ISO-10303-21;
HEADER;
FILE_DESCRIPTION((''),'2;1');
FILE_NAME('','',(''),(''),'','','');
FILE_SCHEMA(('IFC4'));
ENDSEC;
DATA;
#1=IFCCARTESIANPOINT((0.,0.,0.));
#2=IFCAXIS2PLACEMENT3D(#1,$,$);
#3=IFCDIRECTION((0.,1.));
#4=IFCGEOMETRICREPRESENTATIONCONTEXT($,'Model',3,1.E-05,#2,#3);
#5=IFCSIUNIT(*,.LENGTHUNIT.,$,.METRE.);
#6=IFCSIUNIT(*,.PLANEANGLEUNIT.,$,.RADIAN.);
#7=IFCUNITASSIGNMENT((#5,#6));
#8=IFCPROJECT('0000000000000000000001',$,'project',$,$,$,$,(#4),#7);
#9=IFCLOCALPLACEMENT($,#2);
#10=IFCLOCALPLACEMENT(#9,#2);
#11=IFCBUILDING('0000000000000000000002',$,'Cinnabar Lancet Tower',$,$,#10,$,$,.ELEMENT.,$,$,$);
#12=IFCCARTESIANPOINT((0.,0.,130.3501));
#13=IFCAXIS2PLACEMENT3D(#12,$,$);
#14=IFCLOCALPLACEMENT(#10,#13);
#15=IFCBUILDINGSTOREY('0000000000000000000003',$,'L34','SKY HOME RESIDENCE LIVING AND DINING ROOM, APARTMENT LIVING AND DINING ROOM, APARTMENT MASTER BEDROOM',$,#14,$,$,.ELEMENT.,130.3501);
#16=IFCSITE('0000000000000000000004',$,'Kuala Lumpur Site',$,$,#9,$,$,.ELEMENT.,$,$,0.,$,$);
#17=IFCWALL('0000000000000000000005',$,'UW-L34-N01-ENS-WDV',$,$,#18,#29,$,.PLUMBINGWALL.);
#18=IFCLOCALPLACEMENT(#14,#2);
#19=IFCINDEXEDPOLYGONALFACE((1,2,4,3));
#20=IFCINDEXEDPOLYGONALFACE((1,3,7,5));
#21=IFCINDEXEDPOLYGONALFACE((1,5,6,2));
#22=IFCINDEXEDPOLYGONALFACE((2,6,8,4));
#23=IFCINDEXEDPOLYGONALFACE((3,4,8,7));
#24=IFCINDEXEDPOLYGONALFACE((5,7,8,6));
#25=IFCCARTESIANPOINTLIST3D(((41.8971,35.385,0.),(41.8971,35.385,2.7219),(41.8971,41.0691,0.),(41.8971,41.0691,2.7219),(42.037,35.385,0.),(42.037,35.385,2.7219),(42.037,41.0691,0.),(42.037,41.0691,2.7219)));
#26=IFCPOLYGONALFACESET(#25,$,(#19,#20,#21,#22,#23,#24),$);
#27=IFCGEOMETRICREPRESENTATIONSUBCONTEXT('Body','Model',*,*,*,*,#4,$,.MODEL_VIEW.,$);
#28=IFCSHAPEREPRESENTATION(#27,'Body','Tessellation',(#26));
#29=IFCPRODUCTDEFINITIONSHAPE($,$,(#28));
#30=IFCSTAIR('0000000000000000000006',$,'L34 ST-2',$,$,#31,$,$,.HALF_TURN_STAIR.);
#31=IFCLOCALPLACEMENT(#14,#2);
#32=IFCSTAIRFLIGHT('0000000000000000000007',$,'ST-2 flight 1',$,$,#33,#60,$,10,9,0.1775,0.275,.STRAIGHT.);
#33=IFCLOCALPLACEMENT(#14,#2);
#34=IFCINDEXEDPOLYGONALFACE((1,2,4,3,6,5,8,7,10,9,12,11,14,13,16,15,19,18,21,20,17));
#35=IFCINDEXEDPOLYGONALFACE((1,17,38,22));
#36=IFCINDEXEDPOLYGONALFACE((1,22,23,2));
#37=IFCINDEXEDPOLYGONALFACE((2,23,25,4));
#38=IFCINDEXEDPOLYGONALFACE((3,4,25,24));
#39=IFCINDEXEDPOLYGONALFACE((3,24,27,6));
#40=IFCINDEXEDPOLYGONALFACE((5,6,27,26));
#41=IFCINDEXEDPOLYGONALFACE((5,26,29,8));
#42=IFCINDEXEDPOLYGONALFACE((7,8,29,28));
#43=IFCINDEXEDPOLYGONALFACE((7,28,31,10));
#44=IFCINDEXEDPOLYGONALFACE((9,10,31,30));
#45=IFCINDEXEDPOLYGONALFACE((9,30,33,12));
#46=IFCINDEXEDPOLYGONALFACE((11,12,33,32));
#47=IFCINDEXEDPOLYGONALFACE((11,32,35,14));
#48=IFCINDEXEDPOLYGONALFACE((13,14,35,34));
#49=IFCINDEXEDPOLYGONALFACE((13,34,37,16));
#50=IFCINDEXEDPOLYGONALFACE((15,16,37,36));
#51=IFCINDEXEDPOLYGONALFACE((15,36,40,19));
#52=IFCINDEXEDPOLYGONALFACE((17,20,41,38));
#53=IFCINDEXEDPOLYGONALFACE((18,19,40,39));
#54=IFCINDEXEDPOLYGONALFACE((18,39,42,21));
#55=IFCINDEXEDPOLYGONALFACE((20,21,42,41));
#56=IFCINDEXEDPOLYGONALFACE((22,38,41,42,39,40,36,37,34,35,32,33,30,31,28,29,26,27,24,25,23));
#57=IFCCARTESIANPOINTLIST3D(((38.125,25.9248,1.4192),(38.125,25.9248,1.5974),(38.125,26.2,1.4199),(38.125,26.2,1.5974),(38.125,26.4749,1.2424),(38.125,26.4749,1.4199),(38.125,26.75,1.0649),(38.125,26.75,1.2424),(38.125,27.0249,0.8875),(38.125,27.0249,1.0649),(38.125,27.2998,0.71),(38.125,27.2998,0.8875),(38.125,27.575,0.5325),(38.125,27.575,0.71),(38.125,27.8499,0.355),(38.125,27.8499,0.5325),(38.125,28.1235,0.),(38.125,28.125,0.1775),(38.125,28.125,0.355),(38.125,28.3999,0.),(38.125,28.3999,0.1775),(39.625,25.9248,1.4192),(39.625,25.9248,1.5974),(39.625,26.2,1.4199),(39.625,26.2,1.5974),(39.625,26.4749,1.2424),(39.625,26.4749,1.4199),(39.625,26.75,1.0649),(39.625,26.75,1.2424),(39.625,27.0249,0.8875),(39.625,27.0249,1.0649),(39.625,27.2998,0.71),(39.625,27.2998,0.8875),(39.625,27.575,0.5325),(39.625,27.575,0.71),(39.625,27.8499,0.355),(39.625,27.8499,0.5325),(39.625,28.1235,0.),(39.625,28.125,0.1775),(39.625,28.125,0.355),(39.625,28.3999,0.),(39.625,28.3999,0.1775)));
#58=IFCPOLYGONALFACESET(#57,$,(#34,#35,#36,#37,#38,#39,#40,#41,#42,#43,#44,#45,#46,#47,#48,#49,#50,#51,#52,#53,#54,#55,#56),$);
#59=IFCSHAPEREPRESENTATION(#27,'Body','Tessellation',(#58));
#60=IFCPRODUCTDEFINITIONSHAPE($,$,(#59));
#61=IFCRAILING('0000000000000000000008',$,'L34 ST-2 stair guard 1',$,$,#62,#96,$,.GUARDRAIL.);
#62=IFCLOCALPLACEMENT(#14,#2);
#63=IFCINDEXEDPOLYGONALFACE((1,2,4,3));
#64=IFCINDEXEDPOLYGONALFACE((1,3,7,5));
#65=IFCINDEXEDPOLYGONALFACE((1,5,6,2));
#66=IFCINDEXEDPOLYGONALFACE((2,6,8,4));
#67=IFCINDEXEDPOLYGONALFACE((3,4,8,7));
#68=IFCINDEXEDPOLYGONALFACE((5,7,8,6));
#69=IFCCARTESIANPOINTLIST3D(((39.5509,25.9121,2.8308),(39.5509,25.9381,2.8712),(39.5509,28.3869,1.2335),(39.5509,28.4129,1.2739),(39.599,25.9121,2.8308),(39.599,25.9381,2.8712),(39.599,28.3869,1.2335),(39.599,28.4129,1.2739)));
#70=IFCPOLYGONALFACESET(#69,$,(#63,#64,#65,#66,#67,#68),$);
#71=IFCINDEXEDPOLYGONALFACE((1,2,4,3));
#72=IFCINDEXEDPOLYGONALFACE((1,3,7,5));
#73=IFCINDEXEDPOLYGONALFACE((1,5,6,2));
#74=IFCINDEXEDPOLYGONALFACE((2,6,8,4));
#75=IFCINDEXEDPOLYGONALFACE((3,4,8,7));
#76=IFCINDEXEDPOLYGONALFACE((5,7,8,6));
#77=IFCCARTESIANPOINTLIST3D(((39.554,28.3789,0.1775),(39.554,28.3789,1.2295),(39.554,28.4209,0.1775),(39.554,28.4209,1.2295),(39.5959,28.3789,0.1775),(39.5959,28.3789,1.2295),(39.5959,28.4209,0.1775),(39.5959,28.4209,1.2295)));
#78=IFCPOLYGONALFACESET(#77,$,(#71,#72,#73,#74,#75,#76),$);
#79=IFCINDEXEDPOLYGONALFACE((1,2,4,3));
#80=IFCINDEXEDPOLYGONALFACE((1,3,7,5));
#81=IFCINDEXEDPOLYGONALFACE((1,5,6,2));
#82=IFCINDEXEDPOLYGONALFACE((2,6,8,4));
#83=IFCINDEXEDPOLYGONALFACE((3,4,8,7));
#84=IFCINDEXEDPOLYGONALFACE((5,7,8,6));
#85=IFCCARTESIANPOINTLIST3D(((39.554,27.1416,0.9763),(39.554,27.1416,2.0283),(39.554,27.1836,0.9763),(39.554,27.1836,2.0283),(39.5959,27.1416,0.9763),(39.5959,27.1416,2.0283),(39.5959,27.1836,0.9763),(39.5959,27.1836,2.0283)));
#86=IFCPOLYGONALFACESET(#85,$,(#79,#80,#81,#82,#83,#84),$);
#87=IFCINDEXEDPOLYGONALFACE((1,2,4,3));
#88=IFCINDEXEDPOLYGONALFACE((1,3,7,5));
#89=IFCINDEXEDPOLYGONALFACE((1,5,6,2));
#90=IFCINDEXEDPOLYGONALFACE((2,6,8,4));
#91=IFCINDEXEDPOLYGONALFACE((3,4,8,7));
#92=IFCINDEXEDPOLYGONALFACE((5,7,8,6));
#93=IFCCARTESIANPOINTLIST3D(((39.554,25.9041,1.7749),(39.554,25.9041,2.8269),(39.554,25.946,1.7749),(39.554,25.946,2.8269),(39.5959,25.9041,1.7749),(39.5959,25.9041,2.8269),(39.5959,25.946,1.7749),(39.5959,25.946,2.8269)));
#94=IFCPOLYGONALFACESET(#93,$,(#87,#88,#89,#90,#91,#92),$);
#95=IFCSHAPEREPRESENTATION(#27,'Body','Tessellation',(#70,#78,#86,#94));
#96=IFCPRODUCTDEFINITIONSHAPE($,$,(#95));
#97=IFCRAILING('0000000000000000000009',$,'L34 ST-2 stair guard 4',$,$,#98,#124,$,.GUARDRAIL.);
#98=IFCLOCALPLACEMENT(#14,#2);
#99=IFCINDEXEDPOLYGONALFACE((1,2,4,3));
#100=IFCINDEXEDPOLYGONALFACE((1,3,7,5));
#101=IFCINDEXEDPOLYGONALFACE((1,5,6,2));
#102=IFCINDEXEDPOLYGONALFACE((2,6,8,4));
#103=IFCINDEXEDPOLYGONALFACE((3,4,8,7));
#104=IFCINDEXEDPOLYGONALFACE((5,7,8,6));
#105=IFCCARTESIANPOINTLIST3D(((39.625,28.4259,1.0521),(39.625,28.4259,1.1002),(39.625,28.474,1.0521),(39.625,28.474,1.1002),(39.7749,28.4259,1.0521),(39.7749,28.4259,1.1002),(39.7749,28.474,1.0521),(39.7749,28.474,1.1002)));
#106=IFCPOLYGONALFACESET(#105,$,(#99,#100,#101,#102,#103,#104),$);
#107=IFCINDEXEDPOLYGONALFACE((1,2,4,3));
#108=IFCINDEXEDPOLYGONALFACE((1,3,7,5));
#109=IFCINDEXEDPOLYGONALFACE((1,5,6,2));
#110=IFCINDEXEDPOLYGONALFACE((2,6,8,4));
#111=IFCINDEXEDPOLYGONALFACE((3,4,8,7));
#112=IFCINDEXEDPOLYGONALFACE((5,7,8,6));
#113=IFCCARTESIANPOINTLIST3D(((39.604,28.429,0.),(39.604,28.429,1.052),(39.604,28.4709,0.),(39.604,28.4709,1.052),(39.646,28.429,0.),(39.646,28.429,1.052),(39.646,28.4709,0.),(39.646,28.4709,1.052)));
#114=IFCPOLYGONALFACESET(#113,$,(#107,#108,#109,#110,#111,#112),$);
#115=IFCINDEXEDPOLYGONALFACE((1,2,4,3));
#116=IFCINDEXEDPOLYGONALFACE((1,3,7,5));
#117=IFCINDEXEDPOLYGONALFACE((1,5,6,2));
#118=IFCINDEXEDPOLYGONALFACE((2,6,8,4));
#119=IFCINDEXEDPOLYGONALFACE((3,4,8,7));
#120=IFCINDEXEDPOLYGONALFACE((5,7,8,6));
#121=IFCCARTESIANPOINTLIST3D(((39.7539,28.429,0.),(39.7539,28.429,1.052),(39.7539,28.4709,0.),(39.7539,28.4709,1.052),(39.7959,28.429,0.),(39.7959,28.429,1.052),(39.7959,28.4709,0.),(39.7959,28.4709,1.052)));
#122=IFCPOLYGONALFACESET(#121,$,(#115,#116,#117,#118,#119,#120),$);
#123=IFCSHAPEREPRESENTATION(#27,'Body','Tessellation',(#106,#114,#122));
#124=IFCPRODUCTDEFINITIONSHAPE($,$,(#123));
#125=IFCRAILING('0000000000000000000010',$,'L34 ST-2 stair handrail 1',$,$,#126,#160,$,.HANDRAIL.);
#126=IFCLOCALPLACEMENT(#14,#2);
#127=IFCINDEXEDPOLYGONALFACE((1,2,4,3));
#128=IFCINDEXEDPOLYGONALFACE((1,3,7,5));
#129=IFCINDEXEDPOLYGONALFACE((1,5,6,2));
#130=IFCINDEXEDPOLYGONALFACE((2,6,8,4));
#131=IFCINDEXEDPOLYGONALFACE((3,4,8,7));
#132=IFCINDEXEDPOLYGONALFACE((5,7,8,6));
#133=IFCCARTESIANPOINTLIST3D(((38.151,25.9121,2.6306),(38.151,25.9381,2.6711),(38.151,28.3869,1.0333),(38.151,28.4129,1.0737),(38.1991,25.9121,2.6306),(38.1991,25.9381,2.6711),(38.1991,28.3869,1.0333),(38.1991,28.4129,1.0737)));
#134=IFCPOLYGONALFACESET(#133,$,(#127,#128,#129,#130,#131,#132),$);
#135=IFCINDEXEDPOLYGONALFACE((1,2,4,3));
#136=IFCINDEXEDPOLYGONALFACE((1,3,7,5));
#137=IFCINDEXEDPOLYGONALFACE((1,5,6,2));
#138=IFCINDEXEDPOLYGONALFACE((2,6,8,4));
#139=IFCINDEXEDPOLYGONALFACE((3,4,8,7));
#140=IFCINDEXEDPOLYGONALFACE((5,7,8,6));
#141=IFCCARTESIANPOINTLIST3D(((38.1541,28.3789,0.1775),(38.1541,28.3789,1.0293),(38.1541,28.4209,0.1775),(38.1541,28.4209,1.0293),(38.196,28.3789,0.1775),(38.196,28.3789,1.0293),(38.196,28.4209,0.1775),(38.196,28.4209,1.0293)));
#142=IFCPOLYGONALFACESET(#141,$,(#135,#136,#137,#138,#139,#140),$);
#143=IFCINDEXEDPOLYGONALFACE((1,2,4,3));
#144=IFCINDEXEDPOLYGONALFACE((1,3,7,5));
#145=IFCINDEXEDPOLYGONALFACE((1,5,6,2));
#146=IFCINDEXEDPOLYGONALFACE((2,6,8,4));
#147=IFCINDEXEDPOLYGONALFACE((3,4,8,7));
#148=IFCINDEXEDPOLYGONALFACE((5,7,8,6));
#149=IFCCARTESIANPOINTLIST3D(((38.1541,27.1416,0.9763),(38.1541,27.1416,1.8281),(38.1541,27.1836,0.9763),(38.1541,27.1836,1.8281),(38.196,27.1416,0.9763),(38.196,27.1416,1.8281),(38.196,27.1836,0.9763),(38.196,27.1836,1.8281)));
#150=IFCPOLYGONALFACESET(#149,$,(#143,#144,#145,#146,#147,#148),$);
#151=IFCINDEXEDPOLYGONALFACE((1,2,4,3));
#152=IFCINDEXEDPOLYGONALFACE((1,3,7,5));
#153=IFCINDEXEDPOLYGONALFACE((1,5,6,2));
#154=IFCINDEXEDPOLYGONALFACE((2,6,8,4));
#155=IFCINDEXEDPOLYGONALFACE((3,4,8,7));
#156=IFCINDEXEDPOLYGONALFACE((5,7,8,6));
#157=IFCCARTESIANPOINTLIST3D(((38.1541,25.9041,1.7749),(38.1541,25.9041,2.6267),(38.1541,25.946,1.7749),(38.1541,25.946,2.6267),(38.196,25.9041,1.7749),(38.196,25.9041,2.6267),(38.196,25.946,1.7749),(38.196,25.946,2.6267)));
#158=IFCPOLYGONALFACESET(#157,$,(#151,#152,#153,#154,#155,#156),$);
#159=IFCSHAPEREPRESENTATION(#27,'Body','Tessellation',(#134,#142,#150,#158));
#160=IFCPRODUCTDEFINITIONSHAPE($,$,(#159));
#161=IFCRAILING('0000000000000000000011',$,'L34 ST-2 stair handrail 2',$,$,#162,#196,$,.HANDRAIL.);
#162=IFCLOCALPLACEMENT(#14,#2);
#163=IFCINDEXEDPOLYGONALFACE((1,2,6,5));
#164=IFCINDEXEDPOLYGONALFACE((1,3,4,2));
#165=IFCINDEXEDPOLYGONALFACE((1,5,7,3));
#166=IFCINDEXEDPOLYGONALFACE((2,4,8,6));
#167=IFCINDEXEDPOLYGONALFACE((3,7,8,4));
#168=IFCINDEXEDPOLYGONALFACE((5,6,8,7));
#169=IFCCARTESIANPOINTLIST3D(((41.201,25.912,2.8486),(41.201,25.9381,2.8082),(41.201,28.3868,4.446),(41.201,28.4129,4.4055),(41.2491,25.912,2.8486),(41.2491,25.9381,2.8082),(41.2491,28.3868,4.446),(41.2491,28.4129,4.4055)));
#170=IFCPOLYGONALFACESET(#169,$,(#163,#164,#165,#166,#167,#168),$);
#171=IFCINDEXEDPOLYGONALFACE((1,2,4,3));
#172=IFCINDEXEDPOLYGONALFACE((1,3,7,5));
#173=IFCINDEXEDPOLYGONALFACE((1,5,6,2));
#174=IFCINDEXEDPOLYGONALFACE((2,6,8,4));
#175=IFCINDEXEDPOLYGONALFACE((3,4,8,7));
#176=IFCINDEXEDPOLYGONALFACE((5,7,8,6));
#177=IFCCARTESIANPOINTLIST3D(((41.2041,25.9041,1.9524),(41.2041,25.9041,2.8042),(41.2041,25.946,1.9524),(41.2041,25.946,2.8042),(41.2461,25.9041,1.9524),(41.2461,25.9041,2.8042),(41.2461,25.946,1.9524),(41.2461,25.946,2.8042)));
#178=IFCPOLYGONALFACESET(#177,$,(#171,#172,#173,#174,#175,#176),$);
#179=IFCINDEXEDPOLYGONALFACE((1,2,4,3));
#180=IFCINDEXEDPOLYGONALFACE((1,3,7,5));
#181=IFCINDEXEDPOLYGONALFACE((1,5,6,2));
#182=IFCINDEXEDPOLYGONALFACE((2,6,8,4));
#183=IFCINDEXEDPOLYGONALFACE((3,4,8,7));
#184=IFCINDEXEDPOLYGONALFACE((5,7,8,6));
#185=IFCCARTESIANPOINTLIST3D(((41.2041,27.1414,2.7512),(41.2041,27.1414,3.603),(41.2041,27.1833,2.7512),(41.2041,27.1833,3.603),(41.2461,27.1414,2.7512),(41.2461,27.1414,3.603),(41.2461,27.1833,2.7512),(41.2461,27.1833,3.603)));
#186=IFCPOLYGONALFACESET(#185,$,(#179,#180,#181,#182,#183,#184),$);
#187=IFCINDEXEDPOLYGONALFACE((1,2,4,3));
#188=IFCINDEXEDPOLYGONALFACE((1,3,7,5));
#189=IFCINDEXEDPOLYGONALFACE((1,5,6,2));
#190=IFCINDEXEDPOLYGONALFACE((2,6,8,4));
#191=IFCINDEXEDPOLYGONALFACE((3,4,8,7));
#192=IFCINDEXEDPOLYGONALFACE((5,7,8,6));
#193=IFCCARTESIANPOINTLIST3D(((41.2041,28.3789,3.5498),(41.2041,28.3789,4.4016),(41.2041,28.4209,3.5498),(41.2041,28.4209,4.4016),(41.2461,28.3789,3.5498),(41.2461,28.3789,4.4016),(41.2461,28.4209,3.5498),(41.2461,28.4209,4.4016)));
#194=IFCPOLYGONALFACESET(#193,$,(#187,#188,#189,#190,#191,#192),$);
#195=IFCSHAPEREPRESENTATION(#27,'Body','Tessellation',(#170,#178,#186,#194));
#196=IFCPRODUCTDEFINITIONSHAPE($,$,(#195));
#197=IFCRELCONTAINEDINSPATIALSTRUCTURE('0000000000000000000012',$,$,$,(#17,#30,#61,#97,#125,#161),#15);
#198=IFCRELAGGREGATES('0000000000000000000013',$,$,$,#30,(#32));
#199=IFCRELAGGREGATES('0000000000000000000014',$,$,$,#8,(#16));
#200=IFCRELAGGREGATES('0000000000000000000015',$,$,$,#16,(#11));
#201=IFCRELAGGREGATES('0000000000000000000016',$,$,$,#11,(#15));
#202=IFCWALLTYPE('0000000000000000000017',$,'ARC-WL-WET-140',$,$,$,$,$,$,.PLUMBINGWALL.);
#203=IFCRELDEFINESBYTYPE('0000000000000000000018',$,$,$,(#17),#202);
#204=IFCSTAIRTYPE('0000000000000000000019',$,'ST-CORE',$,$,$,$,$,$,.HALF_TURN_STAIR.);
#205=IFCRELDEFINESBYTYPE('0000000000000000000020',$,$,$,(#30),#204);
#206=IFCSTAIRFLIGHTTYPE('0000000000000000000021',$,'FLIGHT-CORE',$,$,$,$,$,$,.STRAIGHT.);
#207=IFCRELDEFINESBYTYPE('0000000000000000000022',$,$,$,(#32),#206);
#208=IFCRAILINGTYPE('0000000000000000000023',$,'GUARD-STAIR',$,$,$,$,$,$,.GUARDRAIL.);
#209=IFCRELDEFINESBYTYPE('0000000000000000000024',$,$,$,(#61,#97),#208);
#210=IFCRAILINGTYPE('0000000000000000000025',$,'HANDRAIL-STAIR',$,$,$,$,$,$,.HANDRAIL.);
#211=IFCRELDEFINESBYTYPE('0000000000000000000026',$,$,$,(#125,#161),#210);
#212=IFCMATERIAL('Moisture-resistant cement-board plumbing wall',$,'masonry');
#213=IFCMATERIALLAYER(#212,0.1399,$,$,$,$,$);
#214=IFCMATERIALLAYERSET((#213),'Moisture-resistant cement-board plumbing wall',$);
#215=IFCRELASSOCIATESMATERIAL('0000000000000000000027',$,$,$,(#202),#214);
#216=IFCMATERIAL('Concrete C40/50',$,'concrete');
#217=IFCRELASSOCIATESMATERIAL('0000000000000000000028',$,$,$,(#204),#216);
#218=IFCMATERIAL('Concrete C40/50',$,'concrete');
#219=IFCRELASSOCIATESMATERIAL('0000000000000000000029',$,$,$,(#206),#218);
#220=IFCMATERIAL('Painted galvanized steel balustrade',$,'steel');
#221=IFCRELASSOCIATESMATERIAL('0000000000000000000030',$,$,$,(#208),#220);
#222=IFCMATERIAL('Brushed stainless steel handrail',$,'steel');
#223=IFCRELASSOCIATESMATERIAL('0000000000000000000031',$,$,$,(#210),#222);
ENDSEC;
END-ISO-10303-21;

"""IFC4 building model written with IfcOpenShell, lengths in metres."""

from ifc_helpers import new_model, si_unit, direction, frame, frame_2d, origin, origin_2d, place, context, subcontext, project, spatial, polyline, rectangle, outline, extrude, material, layer, layer_set, type_object, element, aggregate, save


model = new_model("IFC4")

# Units and contexts
model_context = context("Model", 3, precision=1e-05, world=origin(), true_north=direction((0.0, 1.0)))
body_context = subcontext(model_context, "Body", "Model", "MODEL_VIEW")
ifc_project = project(units=[si_unit("LENGTHUNIT", "METRE"), si_unit("PLANEANGLEUNIT", "RADIAN")], contexts=[model_context])

# Site, building, storey
site_placement = place(None, origin())
site = spatial("IfcSite", under=ifc_project, at=site_placement, Name="Kuala Lumpur Site", CompositionType="ELEMENT", RefElevation=0.0)
building_placement = place(site_placement, origin())
building = spatial("IfcBuilding", under=site, at=building_placement, Name="Cinnabar Lancet Tower", CompositionType="ELEMENT")
storey_placement = place(building_placement, frame((0.0, 0.0, 130.3501)))
storey = spatial("IfcBuildingStorey", under=building, at=storey_placement, Name="L34", Description="SKY HOME RESIDENCE LIVING AND DINING ROOM, APARTMENT LIVING AND DINING ROOM, APARTMENT MASTER BEDROOM", CompositionType="ELEMENT", Elevation=130.3501)

# Wall
ifc_material_1 = material(Name="Moisture-resistant cement-board plumbing wall", Category="masonry")
ifc_layer_1 = layer(ifc_material_1, 0.1399)
ifc_layer_set_1 = layer_set([ifc_layer_1], Name="Moisture-resistant cement-board plumbing wall")
wall_type_1 = type_object("IfcWallType", Name="ARC-WL-WET-140", PredefinedType="PLUMBINGWALL", material=ifc_layer_set_1)
wall_1_placement = place(storey_placement, frame((41.967, 35.385, 0.0), z_axis=(0.0, 0.0, 1.0), x_axis=(0.0, 1.0, 0.0)))
element("IfcWall", 1, at=wall_1_placement, inside=storey, type_object=wall_type_1, Name="UW-L34-N01-ENS-WDV", PredefinedType="PLUMBINGWALL", context=body_context, shape_type="SweptSolid", body=[
    extrude(rectangle(XDim=5.6841, YDim=0.1399, at=frame_2d((2.842, 0.0))), origin(), (0.0, 0.0, 1.0), 2.7219),
])

# Stair, stair flight
ifc_material_2 = material(Name="Concrete C40/50", Category="concrete")
stair_type = type_object("IfcStairType", Name="ST-CORE", PredefinedType="HALF_TURN_STAIR", material=ifc_material_2)
stair_placement = place(storey_placement, origin())
stair = element("IfcStair", 2, at=stair_placement, inside=storey, type_object=stair_type, Name="L34 ST-2", PredefinedType="HALF_TURN_STAIR")
ifc_material_3 = material(Name="Concrete C40/50", Category="concrete")
stair_flight_type = type_object("IfcStairFlightType", Name="FLIGHT-CORE", PredefinedType="STRAIGHT", material=ifc_material_3)
stair_flight_placement = place(storey_placement, frame((38.875, 28.3999, 0.0), z_axis=(0.0, 0.0, 1.0), x_axis=(0.0, -1.0, 0.0)))
stair_flight = element("IfcStairFlight", 3, at=stair_flight_placement, type_object=stair_flight_type, Name="ST-2 flight 1", NumberOfRisers=10, NumberOfTreads=9, PredefinedType="STRAIGHT", RiserHeight=0.1775, TreadLength=0.275, context=body_context, shape_type="SweptSolid", body=[
    extrude(outline(polyline([(0.0, 0.0), (0.0, 0.1775), (0.2749, 0.1775), (0.2749, 0.355), (0.55, 0.355), (0.55, 0.5325), (0.825, 0.5325), (0.825, 0.71), (1.1001, 0.71), (1.1001, 0.8875), (1.375, 0.8875), (1.375, 1.0649), (1.6499, 1.0649), (1.6499, 1.2424), (1.925, 1.2424), (1.925, 1.4199), (2.2, 1.4199), (2.2, 1.5974), (2.4751, 1.5974), (2.4751, 1.7749), (2.4751, 1.4192), (0.2764, 0.0), (0.0, 0.0)])), frame((0.0, 0.75, 0.0), z_axis=(0.0, -1.0, 0.0), x_axis=(1.0, 0.0, 0.0)), (0.0, 0.0, 1.0), 1.5),
])
aggregate(stair, [stair_flight])

# Railings
ifc_material_4 = material(Name="Painted galvanized steel balustrade", Category="steel")
railing_type_1 = type_object("IfcRailingType", Name="GUARD-STAIR", PredefinedType="GUARDRAIL", material=ifc_material_4)
railing_1_placement = place(storey_placement, frame((39.575, 28.3999, 0.1775)))
element("IfcRailing", 4, at=railing_1_placement, inside=storey, type_object=railing_type_1, Name="L34 ST-2 stair guard 1", PredefinedType="GUARDRAIL", context=body_context, shape_type="SweptSolid", body=[
    extrude(rectangle(XDim=0.0481, YDim=0.0481, at=origin_2d()), frame((0.0, 0.0, 1.0762), z_axis=(0.0, -0.840183, 0.542302), x_axis=(1.0, 0.0, 0.0)), (0.0, 0.0, 1.0), 2.9456),
    extrude(rectangle(XDim=0.042, YDim=0.042, at=origin_2d()), origin(), (0.0, 0.0, 1.0), 1.052),
    extrude(rectangle(XDim=0.042, YDim=0.042, at=origin_2d()), frame((0.0, -1.2373, 0.7988)), (0.0, 0.0, 1.0), 1.052),
    extrude(rectangle(XDim=0.042, YDim=0.042, at=origin_2d()), frame((0.0, -2.4749, 1.5974)), (0.0, 0.0, 1.0), 1.052),
])
railing_2_placement = place(storey_placement, frame((39.625, 28.45, 0.0)))
element("IfcRailing", 5, at=railing_2_placement, inside=storey, type_object=railing_type_1, Name="L34 ST-2 stair guard 4", PredefinedType="GUARDRAIL", context=body_context, shape_type="SweptSolid", body=[
    extrude(rectangle(XDim=0.0481, YDim=0.0481, at=origin_2d()), frame((0.0, 0.0, 1.0762), z_axis=(1.0, 0.0, 0.0), x_axis=(0.0, 1.0, 0.0)), (0.0, 0.0, 1.0), 0.1499),
    extrude(rectangle(XDim=0.042, YDim=0.042, at=origin_2d()), origin(), (0.0, 0.0, 1.0), 1.052),
    extrude(rectangle(XDim=0.042, YDim=0.042, at=origin_2d()), frame((0.1499, 0.0, 0.0)), (0.0, 0.0, 1.0), 1.052),
])
ifc_material_5 = material(Name="Brushed stainless steel handrail", Category="steel")
railing_type_2 = type_object("IfcRailingType", Name="HANDRAIL-STAIR", PredefinedType="HANDRAIL", material=ifc_material_5)
railing_3_placement = place(storey_placement, frame((38.175, 28.3999, 0.1775)))
element("IfcRailing", 6, at=railing_3_placement, inside=storey, type_object=railing_type_2, Name="L34 ST-2 stair handrail 1", PredefinedType="HANDRAIL", context=body_context, shape_type="SweptSolid", body=[
    extrude(rectangle(XDim=0.0481, YDim=0.0481, at=origin_2d()), frame((0.0, 0.0, 0.876), z_axis=(0.0, -0.840183, 0.542302), x_axis=(1.0, 0.0, 0.0)), (0.0, 0.0, 1.0), 2.9456),
    extrude(rectangle(XDim=0.042, YDim=0.042, at=origin_2d()), origin(), (0.0, 0.0, 1.0), 0.8518),
    extrude(rectangle(XDim=0.042, YDim=0.042, at=origin_2d()), frame((0.0, -1.2373, 0.7988)), (0.0, 0.0, 1.0), 0.8518),
    extrude(rectangle(XDim=0.042, YDim=0.042, at=origin_2d()), frame((0.0, -2.4749, 1.5974)), (0.0, 0.0, 1.0), 0.8518),
])
railing_4_placement = place(storey_placement, frame((41.2251, 25.925, 1.9524)))
element("IfcRailing", 7, at=railing_4_placement, inside=storey, type_object=railing_type_2, Name="L34 ST-2 stair handrail 2", PredefinedType="HANDRAIL", context=body_context, shape_type="SweptSolid", body=[
    extrude(rectangle(XDim=0.0481, YDim=0.0481, at=origin_2d()), frame((0.0, 0.0, 0.876), z_axis=(0.0, 0.840183, 0.542302), x_axis=(-1.0, 0.0, 0.0)), (0.0, 0.0, 1.0), 2.9456),
    extrude(rectangle(XDim=0.042, YDim=0.042, at=origin_2d()), origin(), (0.0, 0.0, 1.0), 0.8518),
    extrude(rectangle(XDim=0.042, YDim=0.042, at=origin_2d()), frame((0.0, 1.2373, 0.7988)), (0.0, 0.0, 1.0), 0.8518),
    extrude(rectangle(XDim=0.042, YDim=0.042, at=origin_2d()), frame((0.0, 2.4749, 1.5974)), (0.0, 0.0, 1.0), 0.8518),
])

save(model, "model.ifc")
